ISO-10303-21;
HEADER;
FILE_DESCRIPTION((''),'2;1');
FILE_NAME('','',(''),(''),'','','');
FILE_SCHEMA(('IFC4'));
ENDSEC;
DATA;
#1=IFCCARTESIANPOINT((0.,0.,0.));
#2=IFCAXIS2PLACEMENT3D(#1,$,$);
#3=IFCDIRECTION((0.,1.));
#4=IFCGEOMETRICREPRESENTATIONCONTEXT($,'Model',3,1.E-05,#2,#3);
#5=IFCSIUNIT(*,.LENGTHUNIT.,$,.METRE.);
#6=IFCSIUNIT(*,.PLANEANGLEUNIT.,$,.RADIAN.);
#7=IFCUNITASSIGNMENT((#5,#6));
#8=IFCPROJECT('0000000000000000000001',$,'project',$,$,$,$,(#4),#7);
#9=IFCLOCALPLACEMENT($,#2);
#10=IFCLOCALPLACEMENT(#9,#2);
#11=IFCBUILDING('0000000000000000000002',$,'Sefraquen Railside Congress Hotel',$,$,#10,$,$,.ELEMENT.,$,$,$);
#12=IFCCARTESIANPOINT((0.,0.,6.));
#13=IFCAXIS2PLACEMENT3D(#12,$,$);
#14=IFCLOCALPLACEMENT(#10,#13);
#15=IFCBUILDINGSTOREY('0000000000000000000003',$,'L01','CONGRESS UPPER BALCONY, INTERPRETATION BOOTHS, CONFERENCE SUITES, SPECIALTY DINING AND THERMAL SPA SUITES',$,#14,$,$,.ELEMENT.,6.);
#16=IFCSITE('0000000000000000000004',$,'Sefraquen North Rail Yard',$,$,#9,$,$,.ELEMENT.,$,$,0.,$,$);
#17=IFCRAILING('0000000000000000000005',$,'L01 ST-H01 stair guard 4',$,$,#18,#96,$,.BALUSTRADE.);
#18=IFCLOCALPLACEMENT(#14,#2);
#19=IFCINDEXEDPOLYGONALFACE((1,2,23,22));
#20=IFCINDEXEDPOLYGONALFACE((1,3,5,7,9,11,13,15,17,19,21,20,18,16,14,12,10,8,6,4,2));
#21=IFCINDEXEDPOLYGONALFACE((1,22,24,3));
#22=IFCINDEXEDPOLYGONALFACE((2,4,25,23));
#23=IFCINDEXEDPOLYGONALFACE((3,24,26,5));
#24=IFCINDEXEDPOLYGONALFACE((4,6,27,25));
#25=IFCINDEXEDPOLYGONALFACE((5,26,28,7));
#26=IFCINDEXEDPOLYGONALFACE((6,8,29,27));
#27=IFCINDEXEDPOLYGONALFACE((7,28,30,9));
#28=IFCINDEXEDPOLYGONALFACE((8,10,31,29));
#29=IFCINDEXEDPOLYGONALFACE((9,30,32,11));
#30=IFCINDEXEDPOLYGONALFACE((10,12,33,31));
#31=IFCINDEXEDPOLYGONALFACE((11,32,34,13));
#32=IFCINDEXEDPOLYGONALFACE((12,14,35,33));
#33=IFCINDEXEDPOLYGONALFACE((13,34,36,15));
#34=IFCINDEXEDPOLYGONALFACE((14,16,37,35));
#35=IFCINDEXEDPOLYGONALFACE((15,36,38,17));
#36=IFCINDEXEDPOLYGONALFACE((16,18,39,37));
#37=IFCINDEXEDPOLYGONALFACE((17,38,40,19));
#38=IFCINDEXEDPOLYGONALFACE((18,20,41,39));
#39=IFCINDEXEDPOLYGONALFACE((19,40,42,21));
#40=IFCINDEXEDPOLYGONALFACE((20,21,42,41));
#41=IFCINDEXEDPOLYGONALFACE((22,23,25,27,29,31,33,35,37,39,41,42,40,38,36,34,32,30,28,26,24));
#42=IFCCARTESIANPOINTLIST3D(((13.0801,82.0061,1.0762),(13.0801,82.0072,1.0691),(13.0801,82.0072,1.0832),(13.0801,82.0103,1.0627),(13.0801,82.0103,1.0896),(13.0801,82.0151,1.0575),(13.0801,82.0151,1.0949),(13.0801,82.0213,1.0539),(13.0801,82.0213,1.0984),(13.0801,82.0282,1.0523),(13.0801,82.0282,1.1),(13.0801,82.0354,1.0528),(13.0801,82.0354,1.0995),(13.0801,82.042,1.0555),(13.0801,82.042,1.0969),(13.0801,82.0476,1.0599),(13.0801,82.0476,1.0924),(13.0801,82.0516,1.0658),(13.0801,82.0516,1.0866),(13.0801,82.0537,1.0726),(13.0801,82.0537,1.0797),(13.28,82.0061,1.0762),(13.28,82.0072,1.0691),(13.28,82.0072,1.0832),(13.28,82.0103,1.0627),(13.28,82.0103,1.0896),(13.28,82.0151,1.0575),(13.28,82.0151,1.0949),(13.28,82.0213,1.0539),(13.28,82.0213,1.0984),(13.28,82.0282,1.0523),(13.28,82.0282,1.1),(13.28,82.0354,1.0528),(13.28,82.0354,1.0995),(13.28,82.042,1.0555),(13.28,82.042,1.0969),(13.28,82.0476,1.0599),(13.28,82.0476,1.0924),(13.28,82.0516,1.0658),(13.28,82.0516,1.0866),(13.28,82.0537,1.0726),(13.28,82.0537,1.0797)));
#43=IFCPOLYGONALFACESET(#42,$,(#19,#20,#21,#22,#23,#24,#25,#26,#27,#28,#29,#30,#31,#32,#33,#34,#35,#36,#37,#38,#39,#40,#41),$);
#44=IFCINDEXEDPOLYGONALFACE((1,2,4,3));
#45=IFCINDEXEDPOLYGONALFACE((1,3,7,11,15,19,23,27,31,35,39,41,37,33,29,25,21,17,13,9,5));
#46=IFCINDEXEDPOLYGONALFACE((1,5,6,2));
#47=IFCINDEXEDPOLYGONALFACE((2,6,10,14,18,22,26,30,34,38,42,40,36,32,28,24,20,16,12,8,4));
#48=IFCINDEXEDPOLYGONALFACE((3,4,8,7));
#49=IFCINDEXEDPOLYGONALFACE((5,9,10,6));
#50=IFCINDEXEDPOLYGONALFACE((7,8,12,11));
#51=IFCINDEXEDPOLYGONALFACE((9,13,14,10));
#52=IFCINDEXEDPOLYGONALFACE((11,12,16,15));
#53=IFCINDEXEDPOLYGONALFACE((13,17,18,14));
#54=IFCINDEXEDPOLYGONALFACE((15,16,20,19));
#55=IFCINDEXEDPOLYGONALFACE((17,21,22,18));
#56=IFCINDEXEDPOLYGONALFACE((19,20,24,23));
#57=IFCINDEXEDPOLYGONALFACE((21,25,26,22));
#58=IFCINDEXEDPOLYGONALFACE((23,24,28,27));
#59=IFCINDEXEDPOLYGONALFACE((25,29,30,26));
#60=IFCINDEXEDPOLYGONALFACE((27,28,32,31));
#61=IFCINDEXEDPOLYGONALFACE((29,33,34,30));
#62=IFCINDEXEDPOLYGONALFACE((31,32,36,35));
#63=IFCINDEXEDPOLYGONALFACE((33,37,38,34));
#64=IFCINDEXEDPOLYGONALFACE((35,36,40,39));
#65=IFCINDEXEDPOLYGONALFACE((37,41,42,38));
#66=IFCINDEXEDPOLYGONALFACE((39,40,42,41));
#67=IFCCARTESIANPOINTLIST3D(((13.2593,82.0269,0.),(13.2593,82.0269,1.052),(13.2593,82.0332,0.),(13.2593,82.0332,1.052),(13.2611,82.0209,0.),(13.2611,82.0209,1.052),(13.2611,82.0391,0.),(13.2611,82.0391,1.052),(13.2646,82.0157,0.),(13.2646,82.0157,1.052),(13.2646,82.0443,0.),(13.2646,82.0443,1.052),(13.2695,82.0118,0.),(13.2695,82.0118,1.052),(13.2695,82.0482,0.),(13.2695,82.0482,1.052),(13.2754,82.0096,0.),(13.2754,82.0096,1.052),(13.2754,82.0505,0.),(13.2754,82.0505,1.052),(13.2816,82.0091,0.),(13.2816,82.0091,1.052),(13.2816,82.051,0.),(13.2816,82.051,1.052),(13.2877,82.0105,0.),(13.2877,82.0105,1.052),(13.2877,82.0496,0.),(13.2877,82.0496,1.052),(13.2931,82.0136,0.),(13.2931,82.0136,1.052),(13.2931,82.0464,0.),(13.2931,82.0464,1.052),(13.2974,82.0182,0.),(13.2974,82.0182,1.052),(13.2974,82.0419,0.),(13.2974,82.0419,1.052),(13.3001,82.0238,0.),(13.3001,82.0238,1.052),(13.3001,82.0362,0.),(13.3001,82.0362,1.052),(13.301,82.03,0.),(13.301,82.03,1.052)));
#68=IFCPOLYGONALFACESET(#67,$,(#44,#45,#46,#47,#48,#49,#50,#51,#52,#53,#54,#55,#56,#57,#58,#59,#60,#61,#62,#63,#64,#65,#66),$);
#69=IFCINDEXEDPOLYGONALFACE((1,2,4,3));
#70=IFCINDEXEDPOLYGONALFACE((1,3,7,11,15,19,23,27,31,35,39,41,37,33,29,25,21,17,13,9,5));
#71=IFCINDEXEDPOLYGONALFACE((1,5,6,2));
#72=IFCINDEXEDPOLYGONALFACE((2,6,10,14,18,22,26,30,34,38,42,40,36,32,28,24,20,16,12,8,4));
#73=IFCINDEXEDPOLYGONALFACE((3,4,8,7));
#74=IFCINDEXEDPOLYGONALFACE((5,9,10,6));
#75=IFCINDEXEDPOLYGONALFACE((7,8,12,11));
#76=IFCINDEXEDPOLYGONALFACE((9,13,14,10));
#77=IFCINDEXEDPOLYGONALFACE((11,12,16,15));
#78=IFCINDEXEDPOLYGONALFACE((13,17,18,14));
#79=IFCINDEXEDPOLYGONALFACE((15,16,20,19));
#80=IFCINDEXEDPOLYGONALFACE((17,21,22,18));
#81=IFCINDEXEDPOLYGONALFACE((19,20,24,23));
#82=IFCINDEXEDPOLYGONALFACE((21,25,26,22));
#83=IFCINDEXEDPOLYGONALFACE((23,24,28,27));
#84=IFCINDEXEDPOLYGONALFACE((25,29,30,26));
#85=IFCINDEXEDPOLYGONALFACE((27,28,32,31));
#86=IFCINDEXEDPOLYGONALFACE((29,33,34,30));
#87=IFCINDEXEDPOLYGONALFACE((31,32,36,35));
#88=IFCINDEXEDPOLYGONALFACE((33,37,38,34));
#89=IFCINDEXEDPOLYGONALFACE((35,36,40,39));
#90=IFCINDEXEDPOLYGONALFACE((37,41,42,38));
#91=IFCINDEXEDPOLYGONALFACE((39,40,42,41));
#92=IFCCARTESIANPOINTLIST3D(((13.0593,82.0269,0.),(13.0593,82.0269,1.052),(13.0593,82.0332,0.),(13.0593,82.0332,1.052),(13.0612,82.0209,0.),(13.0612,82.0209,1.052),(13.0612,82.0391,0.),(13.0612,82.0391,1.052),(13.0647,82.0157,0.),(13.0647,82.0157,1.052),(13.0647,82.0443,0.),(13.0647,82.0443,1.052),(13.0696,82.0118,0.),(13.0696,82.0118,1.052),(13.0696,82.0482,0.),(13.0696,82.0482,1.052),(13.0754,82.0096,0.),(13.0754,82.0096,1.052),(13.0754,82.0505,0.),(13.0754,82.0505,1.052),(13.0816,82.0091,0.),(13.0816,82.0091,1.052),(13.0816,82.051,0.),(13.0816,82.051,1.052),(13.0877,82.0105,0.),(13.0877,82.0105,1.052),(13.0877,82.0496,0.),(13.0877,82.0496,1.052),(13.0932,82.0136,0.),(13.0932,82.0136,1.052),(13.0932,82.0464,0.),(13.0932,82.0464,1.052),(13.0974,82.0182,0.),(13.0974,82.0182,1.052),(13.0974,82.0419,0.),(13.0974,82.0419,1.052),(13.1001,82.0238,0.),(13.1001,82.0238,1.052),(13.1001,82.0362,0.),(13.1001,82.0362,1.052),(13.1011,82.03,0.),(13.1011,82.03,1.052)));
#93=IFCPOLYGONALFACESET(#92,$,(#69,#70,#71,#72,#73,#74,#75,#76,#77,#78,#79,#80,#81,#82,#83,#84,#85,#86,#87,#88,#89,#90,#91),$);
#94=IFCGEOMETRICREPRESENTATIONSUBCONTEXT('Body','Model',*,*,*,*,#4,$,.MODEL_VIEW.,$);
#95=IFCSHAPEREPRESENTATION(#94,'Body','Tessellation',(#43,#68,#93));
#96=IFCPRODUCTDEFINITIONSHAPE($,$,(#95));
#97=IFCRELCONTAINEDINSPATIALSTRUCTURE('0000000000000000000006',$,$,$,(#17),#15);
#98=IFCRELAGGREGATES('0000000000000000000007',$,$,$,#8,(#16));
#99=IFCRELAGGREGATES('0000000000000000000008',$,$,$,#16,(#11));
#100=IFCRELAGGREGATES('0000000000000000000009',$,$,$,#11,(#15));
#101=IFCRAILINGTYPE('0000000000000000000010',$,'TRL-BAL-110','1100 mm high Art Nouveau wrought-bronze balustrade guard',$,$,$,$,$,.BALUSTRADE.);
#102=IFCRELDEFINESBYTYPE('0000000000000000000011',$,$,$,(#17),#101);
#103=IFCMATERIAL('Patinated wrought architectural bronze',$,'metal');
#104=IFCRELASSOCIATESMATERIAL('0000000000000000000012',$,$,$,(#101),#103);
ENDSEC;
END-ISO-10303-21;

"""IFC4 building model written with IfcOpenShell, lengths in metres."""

from ifc_helpers import new_model, si_unit, direction, frame, origin, origin_2d, place, context, subcontext, project, spatial, circle, extrude, material, type_object, element, save


model = new_model("IFC4")

# Units and contexts
model_context = context("Model", 3, precision=1e-05, world=origin(), true_north=direction((0.0, 1.0)))
body_context = subcontext(model_context, "Body", "Model", "MODEL_VIEW")
ifc_project = project(units=[si_unit("LENGTHUNIT", "METRE"), si_unit("PLANEANGLEUNIT", "RADIAN")], contexts=[model_context])

# Site, building, storey
site_placement = place(None, origin())
site = spatial("IfcSite", under=ifc_project, at=site_placement, Name="Sefraquen North Rail Yard", CompositionType="ELEMENT", RefElevation=0.0)
building_placement = place(site_placement, origin())
building = spatial("IfcBuilding", under=site, at=building_placement, Name="Sefraquen Railside Congress Hotel", CompositionType="ELEMENT")
storey_placement = place(building_placement, frame((0.0, 0.0, 6.0)))
storey = spatial("IfcBuildingStorey", under=building, at=storey_placement, Name="L01", Description="CONGRESS UPPER BALCONY, INTERPRETATION BOOTHS, CONFERENCE SUITES, SPECIALTY DINING AND THERMAL SPA SUITES", CompositionType="ELEMENT", Elevation=6.0)

# Railing
ifc_material_1 = material(Name="Patinated wrought architectural bronze", Category="metal")
railing_type_1 = type_object("IfcRailingType", Name="TRL-BAL-110", Description="1100 mm high Art Nouveau wrought-bronze balustrade guard", PredefinedType="BALUSTRADE", material=ifc_material_1)
railing_1_placement = place(storey_placement, frame((13.28, 82.03, 0.0)))
element("IfcRailing", 1, at=railing_1_placement, inside=storey, type_object=railing_type_1, Name="L01 ST-H01 stair guard 4", PredefinedType="BALUSTRADE", context=body_context, shape_type="SweptSolid", body=[
    extrude(circle(Radius=0.0239, at=origin_2d()), frame((0.0, 0.0, 1.0762), z_axis=(-1.0, 0.0, 0.0), x_axis=(0.0, -1.0, 0.0)), (0.0, 0.0, 1.0), 0.2),
    extrude(circle(Radius=0.021, at=origin_2d()), origin(), (0.0, 0.0, 1.0), 1.052),
    extrude(circle(Radius=0.021, at=origin_2d()), frame((-0.2, 0.0, 0.0)), (0.0, 0.0, 1.0), 1.052),
])

save(model, "model.ifc")
